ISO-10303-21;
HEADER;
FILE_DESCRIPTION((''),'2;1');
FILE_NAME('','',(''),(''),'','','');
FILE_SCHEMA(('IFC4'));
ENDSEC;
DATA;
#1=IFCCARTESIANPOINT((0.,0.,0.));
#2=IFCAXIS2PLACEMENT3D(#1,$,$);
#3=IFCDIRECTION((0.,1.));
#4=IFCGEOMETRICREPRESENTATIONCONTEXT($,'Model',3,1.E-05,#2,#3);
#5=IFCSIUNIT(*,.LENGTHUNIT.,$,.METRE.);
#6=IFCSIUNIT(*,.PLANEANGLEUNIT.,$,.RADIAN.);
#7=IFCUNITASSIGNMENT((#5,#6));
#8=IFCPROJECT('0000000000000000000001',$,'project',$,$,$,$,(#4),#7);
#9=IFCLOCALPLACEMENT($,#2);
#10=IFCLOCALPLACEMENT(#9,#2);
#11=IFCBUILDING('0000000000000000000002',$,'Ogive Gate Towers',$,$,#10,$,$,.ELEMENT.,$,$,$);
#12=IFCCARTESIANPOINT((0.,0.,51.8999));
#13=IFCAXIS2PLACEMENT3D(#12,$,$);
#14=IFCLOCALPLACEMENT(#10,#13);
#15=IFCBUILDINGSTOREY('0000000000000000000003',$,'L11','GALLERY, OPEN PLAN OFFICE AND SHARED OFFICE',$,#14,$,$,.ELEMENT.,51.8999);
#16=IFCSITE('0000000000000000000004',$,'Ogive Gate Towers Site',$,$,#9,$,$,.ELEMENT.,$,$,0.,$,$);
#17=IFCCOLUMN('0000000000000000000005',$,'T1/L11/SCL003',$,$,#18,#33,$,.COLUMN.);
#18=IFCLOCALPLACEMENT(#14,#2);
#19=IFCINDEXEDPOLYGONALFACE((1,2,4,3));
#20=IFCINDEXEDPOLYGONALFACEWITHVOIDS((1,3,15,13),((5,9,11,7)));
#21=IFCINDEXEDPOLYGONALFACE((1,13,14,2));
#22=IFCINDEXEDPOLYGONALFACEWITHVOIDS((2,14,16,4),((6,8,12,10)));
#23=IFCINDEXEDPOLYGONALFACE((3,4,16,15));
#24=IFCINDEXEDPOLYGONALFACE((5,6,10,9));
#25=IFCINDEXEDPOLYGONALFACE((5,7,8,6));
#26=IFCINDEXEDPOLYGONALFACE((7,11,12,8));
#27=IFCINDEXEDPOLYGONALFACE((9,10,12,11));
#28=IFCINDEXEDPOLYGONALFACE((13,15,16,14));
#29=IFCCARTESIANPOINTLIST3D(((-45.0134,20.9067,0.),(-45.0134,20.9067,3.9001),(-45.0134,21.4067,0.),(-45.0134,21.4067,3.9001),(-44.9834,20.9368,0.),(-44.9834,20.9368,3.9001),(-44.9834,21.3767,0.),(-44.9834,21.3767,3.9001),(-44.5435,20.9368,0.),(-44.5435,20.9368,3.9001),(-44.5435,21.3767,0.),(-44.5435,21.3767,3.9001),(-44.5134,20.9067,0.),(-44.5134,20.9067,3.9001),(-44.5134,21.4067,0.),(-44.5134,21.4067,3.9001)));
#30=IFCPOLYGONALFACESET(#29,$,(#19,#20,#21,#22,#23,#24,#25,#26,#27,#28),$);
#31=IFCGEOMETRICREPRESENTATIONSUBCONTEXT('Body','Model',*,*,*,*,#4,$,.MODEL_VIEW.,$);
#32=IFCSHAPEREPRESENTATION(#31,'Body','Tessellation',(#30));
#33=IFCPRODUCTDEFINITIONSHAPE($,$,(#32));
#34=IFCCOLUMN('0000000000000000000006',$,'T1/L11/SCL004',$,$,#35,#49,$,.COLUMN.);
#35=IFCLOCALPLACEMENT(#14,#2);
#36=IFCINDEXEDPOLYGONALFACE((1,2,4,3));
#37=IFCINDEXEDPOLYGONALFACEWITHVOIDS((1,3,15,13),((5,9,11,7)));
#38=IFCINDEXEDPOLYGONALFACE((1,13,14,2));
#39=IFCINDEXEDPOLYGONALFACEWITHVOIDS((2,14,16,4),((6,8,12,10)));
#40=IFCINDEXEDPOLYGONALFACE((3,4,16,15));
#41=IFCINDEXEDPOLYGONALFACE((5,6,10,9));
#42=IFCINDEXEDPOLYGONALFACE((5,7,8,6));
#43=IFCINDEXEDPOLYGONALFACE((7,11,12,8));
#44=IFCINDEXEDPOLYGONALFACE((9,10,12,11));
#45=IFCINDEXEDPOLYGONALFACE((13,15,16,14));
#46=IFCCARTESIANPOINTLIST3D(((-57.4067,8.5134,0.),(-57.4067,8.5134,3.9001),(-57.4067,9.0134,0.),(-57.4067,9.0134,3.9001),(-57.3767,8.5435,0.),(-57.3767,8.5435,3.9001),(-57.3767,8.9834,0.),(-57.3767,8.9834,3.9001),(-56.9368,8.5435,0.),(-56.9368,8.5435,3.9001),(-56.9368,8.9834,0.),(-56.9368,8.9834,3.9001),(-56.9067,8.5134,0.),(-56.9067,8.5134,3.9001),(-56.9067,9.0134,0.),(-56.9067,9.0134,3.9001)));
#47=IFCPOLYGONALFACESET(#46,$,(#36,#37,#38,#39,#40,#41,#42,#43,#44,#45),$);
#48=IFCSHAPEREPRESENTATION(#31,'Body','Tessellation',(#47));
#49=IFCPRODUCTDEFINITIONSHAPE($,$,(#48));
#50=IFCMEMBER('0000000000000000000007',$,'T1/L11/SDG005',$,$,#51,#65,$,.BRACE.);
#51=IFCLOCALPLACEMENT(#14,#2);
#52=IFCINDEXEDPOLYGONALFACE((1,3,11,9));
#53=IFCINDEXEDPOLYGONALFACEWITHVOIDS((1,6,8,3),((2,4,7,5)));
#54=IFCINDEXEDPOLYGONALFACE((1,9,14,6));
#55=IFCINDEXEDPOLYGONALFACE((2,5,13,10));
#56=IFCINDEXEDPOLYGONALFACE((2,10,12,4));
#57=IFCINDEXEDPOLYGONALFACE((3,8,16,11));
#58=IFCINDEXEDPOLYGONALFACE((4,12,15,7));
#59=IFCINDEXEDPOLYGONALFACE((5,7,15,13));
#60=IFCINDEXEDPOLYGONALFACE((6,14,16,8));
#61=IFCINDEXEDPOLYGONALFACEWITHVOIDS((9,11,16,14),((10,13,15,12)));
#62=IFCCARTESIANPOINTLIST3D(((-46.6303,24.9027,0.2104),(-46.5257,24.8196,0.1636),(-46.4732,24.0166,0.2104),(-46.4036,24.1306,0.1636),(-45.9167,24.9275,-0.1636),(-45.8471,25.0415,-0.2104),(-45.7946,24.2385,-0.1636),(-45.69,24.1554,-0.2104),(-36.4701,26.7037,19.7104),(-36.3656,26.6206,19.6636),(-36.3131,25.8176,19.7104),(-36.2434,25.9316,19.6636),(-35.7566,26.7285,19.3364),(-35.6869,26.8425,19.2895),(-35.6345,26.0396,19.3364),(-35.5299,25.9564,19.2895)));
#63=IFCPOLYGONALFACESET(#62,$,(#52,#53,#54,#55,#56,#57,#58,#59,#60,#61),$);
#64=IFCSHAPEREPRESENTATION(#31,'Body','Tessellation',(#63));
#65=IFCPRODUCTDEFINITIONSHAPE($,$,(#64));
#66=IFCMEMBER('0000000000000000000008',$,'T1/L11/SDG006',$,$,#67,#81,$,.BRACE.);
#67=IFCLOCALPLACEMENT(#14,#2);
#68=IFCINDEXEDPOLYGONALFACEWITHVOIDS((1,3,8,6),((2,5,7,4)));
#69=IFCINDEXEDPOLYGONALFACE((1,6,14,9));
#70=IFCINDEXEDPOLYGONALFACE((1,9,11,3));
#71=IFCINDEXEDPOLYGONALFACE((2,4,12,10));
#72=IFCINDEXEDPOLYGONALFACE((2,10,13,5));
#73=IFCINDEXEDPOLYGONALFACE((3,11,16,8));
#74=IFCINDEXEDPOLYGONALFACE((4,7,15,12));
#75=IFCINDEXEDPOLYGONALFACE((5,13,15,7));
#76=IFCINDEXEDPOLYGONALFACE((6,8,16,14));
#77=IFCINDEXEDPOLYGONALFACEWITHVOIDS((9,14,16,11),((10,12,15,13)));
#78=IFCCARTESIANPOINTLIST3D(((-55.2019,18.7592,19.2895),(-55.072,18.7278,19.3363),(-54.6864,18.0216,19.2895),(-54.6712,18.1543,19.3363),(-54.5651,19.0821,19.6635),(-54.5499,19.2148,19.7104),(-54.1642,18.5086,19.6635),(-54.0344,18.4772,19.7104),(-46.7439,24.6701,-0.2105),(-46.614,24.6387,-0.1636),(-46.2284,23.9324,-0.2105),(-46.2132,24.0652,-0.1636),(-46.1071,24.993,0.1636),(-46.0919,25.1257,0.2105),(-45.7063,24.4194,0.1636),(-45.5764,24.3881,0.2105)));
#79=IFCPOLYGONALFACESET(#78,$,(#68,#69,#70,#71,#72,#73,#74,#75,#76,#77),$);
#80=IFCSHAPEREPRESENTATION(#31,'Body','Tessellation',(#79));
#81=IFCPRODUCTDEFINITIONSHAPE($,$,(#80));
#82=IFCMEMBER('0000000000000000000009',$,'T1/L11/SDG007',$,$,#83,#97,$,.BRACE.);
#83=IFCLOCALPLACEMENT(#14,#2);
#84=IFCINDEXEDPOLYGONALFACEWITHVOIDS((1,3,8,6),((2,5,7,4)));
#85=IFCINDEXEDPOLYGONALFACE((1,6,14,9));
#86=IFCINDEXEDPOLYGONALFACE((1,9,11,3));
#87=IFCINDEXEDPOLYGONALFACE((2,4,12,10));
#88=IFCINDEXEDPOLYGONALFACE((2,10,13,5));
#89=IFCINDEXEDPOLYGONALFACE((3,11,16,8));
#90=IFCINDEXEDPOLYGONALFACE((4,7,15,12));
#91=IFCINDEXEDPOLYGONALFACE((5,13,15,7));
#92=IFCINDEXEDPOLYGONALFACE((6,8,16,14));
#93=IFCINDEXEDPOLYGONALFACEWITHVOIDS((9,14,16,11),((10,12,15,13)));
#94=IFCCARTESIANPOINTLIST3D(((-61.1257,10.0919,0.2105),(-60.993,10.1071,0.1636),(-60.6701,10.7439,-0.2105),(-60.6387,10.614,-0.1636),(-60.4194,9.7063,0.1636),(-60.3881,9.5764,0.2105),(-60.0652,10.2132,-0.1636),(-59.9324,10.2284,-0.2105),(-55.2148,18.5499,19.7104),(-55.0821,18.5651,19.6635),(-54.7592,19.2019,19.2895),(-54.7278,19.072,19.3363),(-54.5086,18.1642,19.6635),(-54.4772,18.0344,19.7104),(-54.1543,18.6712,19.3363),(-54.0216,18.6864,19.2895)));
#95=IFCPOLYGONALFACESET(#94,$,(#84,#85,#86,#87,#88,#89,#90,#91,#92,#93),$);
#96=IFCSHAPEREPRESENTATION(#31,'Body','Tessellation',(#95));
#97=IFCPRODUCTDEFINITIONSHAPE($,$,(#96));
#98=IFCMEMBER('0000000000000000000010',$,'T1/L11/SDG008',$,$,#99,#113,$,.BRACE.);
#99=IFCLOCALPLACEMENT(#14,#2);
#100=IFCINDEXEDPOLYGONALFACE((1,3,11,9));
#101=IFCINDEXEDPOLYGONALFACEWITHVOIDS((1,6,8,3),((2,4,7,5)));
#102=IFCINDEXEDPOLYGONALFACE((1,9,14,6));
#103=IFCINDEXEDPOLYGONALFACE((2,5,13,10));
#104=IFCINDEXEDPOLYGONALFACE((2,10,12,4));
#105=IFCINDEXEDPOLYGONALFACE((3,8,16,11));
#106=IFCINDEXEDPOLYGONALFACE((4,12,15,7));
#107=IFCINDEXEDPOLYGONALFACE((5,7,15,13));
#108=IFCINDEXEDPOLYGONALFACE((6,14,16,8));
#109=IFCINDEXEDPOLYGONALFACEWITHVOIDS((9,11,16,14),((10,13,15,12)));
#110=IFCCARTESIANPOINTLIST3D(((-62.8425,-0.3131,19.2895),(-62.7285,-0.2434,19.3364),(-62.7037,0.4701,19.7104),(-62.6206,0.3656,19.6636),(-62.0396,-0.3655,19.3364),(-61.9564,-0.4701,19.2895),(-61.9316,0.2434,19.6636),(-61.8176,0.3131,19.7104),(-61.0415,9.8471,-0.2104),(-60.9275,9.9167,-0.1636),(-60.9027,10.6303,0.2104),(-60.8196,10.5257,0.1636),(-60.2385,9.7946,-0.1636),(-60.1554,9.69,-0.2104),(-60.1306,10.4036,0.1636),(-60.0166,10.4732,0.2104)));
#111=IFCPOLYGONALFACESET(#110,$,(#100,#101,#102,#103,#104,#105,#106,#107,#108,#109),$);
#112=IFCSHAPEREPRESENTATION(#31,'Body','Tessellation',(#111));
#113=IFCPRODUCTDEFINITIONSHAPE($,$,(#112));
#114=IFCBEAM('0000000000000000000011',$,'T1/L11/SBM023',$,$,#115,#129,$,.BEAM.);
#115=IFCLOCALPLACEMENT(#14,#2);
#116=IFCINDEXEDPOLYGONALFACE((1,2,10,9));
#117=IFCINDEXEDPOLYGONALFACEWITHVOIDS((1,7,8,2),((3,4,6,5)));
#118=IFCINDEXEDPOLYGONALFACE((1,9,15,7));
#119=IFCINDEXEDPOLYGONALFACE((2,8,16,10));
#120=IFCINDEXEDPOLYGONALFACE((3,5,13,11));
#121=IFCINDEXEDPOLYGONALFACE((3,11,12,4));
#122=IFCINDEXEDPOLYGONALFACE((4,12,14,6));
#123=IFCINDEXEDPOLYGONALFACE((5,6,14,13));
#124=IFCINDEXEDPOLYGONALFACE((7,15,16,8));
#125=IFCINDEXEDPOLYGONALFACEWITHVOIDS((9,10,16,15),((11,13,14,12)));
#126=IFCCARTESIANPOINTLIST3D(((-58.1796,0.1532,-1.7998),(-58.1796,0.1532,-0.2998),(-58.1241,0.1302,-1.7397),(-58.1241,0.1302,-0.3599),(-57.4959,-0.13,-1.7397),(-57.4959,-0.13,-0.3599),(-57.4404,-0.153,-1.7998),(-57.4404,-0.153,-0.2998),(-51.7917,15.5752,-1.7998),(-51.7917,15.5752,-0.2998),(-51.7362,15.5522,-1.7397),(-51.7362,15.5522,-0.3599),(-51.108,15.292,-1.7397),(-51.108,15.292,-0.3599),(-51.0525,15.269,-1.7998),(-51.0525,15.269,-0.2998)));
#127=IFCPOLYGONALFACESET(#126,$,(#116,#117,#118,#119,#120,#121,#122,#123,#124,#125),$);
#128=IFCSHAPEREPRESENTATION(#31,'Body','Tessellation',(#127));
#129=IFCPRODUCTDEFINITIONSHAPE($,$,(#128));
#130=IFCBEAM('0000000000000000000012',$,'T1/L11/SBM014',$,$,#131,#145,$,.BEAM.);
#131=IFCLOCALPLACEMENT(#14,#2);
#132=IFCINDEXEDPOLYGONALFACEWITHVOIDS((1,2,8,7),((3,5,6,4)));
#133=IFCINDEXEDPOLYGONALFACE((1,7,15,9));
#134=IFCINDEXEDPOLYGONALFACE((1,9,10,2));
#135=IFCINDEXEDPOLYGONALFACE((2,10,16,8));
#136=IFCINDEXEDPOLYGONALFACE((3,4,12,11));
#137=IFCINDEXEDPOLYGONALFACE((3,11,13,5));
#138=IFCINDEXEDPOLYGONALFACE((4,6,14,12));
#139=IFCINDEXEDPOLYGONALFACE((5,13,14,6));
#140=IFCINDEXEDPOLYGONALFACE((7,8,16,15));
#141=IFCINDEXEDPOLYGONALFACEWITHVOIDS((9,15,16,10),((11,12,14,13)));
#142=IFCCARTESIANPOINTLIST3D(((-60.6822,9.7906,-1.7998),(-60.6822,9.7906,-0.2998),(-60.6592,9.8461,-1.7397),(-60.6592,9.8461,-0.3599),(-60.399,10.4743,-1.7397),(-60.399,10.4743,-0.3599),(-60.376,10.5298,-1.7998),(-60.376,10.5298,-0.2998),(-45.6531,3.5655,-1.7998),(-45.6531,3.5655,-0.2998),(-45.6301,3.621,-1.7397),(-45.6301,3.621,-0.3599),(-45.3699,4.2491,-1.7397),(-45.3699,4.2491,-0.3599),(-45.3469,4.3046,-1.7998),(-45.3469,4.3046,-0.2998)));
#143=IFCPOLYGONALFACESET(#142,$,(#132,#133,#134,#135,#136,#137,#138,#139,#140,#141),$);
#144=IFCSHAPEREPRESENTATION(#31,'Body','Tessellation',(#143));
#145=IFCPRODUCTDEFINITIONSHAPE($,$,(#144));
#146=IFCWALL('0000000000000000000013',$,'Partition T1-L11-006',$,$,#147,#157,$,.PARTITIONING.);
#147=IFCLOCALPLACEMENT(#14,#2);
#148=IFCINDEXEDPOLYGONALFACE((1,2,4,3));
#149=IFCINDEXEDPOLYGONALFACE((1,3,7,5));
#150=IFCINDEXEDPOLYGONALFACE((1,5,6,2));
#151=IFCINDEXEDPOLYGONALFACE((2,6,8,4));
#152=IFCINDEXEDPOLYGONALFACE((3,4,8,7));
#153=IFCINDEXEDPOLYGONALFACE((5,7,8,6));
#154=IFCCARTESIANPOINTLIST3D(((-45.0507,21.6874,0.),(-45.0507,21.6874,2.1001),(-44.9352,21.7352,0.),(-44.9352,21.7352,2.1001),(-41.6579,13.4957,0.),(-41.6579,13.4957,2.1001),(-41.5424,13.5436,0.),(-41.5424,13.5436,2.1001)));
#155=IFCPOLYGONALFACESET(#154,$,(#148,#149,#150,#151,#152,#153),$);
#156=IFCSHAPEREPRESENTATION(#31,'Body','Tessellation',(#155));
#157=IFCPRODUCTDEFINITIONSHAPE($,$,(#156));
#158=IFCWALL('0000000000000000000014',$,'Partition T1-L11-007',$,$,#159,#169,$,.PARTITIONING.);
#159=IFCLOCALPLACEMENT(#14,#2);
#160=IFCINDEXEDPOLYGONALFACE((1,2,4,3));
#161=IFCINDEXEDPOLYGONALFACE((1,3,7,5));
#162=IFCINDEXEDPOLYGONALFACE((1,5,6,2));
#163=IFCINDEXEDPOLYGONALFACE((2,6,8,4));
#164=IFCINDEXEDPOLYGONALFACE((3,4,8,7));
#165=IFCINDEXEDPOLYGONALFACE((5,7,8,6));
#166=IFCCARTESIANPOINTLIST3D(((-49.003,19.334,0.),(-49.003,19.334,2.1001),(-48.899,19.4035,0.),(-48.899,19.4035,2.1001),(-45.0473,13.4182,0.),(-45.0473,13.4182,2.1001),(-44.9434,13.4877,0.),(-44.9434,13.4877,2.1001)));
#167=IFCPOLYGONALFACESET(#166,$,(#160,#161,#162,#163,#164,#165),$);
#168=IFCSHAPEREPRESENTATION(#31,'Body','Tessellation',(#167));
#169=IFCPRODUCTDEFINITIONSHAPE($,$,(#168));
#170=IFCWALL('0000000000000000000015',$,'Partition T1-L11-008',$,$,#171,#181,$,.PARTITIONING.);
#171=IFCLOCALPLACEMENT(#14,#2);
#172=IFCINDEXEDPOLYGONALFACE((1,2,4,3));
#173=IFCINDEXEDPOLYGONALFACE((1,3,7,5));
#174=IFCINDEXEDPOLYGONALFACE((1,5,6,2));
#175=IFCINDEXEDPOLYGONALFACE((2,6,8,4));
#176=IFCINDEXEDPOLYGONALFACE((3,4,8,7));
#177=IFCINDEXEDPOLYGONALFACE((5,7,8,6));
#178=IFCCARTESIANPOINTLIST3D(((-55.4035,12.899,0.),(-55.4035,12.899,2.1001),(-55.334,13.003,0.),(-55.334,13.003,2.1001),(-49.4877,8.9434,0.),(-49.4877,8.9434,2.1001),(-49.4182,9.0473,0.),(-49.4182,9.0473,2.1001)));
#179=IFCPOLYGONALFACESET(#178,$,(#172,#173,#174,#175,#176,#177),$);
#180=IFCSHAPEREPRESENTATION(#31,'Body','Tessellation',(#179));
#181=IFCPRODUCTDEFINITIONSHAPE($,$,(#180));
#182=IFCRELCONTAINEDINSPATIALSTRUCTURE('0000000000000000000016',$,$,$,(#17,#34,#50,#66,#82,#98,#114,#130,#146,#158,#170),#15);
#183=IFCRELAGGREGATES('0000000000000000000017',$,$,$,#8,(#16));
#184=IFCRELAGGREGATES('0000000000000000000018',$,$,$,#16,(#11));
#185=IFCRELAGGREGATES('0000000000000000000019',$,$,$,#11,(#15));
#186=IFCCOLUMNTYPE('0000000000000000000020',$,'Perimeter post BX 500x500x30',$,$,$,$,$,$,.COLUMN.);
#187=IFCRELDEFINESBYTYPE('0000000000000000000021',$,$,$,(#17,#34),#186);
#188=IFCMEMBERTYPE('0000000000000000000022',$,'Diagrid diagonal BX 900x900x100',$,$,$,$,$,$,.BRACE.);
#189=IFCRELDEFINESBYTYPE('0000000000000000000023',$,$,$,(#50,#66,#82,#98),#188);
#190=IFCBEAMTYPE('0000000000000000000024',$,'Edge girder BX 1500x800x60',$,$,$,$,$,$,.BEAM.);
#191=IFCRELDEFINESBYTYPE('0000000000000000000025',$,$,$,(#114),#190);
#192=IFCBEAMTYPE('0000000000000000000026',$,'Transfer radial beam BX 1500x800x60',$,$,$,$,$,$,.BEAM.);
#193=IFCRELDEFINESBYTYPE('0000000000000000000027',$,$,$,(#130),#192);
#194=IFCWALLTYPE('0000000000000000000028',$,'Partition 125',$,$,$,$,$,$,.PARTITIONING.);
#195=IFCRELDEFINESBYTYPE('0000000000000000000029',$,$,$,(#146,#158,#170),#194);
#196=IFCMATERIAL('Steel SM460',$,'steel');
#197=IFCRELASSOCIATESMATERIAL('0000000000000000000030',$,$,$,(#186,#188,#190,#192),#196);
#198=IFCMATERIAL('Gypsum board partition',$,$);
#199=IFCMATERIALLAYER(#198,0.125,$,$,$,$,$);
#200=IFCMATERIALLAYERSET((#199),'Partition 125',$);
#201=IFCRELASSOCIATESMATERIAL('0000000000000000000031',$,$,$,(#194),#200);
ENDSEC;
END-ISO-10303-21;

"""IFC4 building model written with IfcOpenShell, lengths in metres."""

from ifc_helpers import new_model, si_unit, direction, frame, frame_2d, origin, origin_2d, place, context, subcontext, project, spatial, rectangle, hollow_rectangle, extrude, material, layer, layer_set, material_profile, profile_set, type_object, element, save


model = new_model("IFC4")

# Units and contexts
model_context = context("Model", 3, precision=1e-05, world=origin(), true_north=direction((0.0, 1.0)))
body_context = subcontext(model_context, "Body", "Model", "MODEL_VIEW")
ifc_project = project(units=[si_unit("LENGTHUNIT", "METRE"), si_unit("PLANEANGLEUNIT", "RADIAN")], contexts=[model_context])

# Site, building, storey
site_placement = place(None, origin())
site = spatial("IfcSite", under=ifc_project, at=site_placement, Name="Ogive Gate Towers Site", CompositionType="ELEMENT", RefElevation=0.0)
building_placement = place(site_placement, origin())
building = spatial("IfcBuilding", under=site, at=building_placement, Name="Ogive Gate Towers", CompositionType="ELEMENT")
storey_placement = place(building_placement, frame((0.0, 0.0, 51.8999)))
storey = spatial("IfcBuildingStorey", under=building, at=storey_placement, Name="L11", Description="GALLERY, OPEN PLAN OFFICE AND SHARED OFFICE", CompositionType="ELEMENT", Elevation=51.8999)

# Columns
ifc_material_1 = material(Name="Steel SM460", Category="steel")
ifc_material_profile_1 = material_profile(ifc_material_1, hollow_rectangle(XDim=0.5, YDim=0.5, WallThickness=0.03, at=origin_2d()), Name="BX 500x500x30")
ifc_profile_set_1 = profile_set([ifc_material_profile_1], Name="Steel SM460")
column_type = type_object("IfcColumnType", Name="Perimeter post BX 500x500x30", PredefinedType="COLUMN", material=ifc_profile_set_1)
for number, where, z_axis, x_axis, name in (
    (1, (-44.7634, 21.1567, 0.0), (0.0, 0.0, 1.0), (1.0, 0.0, 0.0), "T1/L11/SCL003"),
    (2, (-57.1567, 8.7634, 0.0), (0.0, 0.0, 1.0), (1.0, 0.0, 0.0), "T1/L11/SCL004"),
):
    element("IfcColumn", number, at=place(storey_placement, frame(where, z_axis=z_axis, x_axis=x_axis)), inside=storey, type_object=column_type, Name=name, PredefinedType="COLUMN", context=body_context, shape_type="SweptSolid", body=[
        extrude(hollow_rectangle(XDim=0.5, YDim=0.5, WallThickness=0.03, at=origin_2d()), origin(), (0.0, 0.0, 1.0), 3.9001),
    ])

# Members
ifc_material_profile_2 = material_profile(ifc_material_1, hollow_rectangle(XDim=0.8999, YDim=0.8999, WallThickness=0.1001, at=origin_2d()), Name="BX 900x900x100")
ifc_profile_set_2 = profile_set([ifc_material_profile_2], Name="Steel SM460")
member_type = type_object("IfcMemberType", Name="Diagrid diagonal BX 900x900x100", PredefinedType="BRACE", material=ifc_profile_set_2)
for number, where, z_axis, x_axis, name in (
    (3, (-46.1602, 24.5291, 0.0), (0.460532, 0.081636, 0.883881), (-0.174542, 0.98465, 0.0), "T1/L11/SDG005"),
    (4, (-46.1602, 24.5291, 0.0), (-0.383377, -0.267923, 0.883878), (0.57283, -0.819674, 0.0), "T1/L11/SDG006"),
    (5, (-60.5291, 10.1602, 0.0), (0.267923, 0.383377, 0.883878), (-0.819674, 0.57283, 0.0), "T1/L11/SDG007"),
    (6, (-60.5291, 10.1602, 0.0), (-0.081636, -0.460532, 0.883881), (0.98465, -0.174542, 0.0), "T1/L11/SDG008"),
):
    element("IfcMember", number, at=place(storey_placement, frame(where, z_axis=z_axis, x_axis=x_axis)), inside=storey, type_object=member_type, Name=name, PredefinedType="BRACE", context=body_context, shape_type="SweptSolid", body=[
        extrude(hollow_rectangle(XDim=0.8999, YDim=0.8999, WallThickness=0.1001, at=origin_2d()), origin(), (0.0, 0.0, 1.0), 22.0618),
    ])

# Beams
ifc_material_profile_3 = material_profile(ifc_material_1, hollow_rectangle(XDim=0.8, YDim=1.5, WallThickness=0.0601, at=origin_2d()), Name="BX 1500x800x60")
ifc_profile_set_3 = profile_set([ifc_material_profile_3], Name="Steel SM460")
beam_type_1 = type_object("IfcBeamType", Name="Edge girder BX 1500x800x60", PredefinedType="BEAM", material=ifc_profile_set_3)
beam_1_placement = place(storey_placement, frame((-51.4221, 15.4221, -1.0498), z_axis=(-0.382678, -0.923882, 0.0), x_axis=(0.923882, -0.382678, 0.0)))
element("IfcBeam", 7, at=beam_1_placement, inside=storey, type_object=beam_type_1, Name="T1/L11/SBM023", PredefinedType="BEAM", context=body_context, shape_type="SweptSolid", body=[
    extrude(hollow_rectangle(XDim=0.8, YDim=1.5, WallThickness=0.0601, at=origin_2d()), origin(), (0.0, 0.0, 1.0), 16.6926),
])
ifc_material_profile_4 = material_profile(ifc_material_1, hollow_rectangle(XDim=0.8, YDim=1.5, WallThickness=0.0601, at=origin_2d()), Name="BX 1500x800x60")
ifc_profile_set_4 = profile_set([ifc_material_profile_4], Name="Steel SM460")
beam_type_2 = type_object("IfcBeamType", Name="Transfer radial beam BX 1500x800x60", PredefinedType="BEAM", material=ifc_profile_set_4)
beam_2_placement = place(storey_placement, frame((-45.5, 3.9351, -1.0498), z_axis=(-0.923883, 0.382676, 0.0), x_axis=(-0.382676, -0.923883, 0.0)))
element("IfcBeam", 8, at=beam_2_placement, inside=storey, type_object=beam_type_2, Name="T1/L11/SBM014", PredefinedType="BEAM", context=body_context, shape_type="SweptSolid", body=[
    extrude(hollow_rectangle(XDim=0.8, YDim=1.5, WallThickness=0.0601, at=origin_2d()), origin(), (0.0, 0.0, 1.0), 16.2673),
])

# Walls
ifc_material_2 = material(Name="Gypsum board partition")
ifc_layer_1 = layer(ifc_material_2, 0.125)
ifc_layer_set_1 = layer_set([ifc_layer_1], Name="Partition 125")
wall_type_1 = type_object("IfcWallType", Name="Partition 125", PredefinedType="PARTITIONING", material=ifc_layer_set_1)
wall_1_placement = place(storey_placement, frame((-44.9929, 21.7112, 0.0), z_axis=(0.0, 0.0, 1.0), x_axis=(0.382657, -0.92389, 0.0)))
element("IfcWall", 9, at=wall_1_placement, inside=storey, type_object=wall_type_1, Name="Partition T1-L11-006", PredefinedType="PARTITIONING", context=body_context, shape_type="SweptSolid", body=[
    extrude(rectangle(XDim=8.8665, YDim=0.125, at=frame_2d((4.4331, 0.0))), origin(), (0.0, 0.0, 1.0), 2.1001),
])
for number, where, z_axis, x_axis, name in (
    (10, (-48.9509, 19.3687, 0.0), (0.0, 0.0, 1.0), (0.55584, -0.831289, 0.0), "Partition T1-L11-007"),
    (11, (-55.3687, 12.9509, 0.0), (0.0, 0.0, 1.0), (0.831289, -0.55584, 0.0), "Partition T1-L11-008"),
):
    element("IfcWall", number, at=place(storey_placement, frame(where, z_axis=z_axis, x_axis=x_axis)), inside=storey, type_object=wall_type_1, Name=name, PredefinedType="PARTITIONING", context=body_context, shape_type="SweptSolid", body=[
        extrude(rectangle(XDim=7.1165, YDim=0.125, at=frame_2d((3.5581, 0.0))), origin(), (0.0, 0.0, 1.0), 2.1001),
    ])

save(model, "model.ifc")
